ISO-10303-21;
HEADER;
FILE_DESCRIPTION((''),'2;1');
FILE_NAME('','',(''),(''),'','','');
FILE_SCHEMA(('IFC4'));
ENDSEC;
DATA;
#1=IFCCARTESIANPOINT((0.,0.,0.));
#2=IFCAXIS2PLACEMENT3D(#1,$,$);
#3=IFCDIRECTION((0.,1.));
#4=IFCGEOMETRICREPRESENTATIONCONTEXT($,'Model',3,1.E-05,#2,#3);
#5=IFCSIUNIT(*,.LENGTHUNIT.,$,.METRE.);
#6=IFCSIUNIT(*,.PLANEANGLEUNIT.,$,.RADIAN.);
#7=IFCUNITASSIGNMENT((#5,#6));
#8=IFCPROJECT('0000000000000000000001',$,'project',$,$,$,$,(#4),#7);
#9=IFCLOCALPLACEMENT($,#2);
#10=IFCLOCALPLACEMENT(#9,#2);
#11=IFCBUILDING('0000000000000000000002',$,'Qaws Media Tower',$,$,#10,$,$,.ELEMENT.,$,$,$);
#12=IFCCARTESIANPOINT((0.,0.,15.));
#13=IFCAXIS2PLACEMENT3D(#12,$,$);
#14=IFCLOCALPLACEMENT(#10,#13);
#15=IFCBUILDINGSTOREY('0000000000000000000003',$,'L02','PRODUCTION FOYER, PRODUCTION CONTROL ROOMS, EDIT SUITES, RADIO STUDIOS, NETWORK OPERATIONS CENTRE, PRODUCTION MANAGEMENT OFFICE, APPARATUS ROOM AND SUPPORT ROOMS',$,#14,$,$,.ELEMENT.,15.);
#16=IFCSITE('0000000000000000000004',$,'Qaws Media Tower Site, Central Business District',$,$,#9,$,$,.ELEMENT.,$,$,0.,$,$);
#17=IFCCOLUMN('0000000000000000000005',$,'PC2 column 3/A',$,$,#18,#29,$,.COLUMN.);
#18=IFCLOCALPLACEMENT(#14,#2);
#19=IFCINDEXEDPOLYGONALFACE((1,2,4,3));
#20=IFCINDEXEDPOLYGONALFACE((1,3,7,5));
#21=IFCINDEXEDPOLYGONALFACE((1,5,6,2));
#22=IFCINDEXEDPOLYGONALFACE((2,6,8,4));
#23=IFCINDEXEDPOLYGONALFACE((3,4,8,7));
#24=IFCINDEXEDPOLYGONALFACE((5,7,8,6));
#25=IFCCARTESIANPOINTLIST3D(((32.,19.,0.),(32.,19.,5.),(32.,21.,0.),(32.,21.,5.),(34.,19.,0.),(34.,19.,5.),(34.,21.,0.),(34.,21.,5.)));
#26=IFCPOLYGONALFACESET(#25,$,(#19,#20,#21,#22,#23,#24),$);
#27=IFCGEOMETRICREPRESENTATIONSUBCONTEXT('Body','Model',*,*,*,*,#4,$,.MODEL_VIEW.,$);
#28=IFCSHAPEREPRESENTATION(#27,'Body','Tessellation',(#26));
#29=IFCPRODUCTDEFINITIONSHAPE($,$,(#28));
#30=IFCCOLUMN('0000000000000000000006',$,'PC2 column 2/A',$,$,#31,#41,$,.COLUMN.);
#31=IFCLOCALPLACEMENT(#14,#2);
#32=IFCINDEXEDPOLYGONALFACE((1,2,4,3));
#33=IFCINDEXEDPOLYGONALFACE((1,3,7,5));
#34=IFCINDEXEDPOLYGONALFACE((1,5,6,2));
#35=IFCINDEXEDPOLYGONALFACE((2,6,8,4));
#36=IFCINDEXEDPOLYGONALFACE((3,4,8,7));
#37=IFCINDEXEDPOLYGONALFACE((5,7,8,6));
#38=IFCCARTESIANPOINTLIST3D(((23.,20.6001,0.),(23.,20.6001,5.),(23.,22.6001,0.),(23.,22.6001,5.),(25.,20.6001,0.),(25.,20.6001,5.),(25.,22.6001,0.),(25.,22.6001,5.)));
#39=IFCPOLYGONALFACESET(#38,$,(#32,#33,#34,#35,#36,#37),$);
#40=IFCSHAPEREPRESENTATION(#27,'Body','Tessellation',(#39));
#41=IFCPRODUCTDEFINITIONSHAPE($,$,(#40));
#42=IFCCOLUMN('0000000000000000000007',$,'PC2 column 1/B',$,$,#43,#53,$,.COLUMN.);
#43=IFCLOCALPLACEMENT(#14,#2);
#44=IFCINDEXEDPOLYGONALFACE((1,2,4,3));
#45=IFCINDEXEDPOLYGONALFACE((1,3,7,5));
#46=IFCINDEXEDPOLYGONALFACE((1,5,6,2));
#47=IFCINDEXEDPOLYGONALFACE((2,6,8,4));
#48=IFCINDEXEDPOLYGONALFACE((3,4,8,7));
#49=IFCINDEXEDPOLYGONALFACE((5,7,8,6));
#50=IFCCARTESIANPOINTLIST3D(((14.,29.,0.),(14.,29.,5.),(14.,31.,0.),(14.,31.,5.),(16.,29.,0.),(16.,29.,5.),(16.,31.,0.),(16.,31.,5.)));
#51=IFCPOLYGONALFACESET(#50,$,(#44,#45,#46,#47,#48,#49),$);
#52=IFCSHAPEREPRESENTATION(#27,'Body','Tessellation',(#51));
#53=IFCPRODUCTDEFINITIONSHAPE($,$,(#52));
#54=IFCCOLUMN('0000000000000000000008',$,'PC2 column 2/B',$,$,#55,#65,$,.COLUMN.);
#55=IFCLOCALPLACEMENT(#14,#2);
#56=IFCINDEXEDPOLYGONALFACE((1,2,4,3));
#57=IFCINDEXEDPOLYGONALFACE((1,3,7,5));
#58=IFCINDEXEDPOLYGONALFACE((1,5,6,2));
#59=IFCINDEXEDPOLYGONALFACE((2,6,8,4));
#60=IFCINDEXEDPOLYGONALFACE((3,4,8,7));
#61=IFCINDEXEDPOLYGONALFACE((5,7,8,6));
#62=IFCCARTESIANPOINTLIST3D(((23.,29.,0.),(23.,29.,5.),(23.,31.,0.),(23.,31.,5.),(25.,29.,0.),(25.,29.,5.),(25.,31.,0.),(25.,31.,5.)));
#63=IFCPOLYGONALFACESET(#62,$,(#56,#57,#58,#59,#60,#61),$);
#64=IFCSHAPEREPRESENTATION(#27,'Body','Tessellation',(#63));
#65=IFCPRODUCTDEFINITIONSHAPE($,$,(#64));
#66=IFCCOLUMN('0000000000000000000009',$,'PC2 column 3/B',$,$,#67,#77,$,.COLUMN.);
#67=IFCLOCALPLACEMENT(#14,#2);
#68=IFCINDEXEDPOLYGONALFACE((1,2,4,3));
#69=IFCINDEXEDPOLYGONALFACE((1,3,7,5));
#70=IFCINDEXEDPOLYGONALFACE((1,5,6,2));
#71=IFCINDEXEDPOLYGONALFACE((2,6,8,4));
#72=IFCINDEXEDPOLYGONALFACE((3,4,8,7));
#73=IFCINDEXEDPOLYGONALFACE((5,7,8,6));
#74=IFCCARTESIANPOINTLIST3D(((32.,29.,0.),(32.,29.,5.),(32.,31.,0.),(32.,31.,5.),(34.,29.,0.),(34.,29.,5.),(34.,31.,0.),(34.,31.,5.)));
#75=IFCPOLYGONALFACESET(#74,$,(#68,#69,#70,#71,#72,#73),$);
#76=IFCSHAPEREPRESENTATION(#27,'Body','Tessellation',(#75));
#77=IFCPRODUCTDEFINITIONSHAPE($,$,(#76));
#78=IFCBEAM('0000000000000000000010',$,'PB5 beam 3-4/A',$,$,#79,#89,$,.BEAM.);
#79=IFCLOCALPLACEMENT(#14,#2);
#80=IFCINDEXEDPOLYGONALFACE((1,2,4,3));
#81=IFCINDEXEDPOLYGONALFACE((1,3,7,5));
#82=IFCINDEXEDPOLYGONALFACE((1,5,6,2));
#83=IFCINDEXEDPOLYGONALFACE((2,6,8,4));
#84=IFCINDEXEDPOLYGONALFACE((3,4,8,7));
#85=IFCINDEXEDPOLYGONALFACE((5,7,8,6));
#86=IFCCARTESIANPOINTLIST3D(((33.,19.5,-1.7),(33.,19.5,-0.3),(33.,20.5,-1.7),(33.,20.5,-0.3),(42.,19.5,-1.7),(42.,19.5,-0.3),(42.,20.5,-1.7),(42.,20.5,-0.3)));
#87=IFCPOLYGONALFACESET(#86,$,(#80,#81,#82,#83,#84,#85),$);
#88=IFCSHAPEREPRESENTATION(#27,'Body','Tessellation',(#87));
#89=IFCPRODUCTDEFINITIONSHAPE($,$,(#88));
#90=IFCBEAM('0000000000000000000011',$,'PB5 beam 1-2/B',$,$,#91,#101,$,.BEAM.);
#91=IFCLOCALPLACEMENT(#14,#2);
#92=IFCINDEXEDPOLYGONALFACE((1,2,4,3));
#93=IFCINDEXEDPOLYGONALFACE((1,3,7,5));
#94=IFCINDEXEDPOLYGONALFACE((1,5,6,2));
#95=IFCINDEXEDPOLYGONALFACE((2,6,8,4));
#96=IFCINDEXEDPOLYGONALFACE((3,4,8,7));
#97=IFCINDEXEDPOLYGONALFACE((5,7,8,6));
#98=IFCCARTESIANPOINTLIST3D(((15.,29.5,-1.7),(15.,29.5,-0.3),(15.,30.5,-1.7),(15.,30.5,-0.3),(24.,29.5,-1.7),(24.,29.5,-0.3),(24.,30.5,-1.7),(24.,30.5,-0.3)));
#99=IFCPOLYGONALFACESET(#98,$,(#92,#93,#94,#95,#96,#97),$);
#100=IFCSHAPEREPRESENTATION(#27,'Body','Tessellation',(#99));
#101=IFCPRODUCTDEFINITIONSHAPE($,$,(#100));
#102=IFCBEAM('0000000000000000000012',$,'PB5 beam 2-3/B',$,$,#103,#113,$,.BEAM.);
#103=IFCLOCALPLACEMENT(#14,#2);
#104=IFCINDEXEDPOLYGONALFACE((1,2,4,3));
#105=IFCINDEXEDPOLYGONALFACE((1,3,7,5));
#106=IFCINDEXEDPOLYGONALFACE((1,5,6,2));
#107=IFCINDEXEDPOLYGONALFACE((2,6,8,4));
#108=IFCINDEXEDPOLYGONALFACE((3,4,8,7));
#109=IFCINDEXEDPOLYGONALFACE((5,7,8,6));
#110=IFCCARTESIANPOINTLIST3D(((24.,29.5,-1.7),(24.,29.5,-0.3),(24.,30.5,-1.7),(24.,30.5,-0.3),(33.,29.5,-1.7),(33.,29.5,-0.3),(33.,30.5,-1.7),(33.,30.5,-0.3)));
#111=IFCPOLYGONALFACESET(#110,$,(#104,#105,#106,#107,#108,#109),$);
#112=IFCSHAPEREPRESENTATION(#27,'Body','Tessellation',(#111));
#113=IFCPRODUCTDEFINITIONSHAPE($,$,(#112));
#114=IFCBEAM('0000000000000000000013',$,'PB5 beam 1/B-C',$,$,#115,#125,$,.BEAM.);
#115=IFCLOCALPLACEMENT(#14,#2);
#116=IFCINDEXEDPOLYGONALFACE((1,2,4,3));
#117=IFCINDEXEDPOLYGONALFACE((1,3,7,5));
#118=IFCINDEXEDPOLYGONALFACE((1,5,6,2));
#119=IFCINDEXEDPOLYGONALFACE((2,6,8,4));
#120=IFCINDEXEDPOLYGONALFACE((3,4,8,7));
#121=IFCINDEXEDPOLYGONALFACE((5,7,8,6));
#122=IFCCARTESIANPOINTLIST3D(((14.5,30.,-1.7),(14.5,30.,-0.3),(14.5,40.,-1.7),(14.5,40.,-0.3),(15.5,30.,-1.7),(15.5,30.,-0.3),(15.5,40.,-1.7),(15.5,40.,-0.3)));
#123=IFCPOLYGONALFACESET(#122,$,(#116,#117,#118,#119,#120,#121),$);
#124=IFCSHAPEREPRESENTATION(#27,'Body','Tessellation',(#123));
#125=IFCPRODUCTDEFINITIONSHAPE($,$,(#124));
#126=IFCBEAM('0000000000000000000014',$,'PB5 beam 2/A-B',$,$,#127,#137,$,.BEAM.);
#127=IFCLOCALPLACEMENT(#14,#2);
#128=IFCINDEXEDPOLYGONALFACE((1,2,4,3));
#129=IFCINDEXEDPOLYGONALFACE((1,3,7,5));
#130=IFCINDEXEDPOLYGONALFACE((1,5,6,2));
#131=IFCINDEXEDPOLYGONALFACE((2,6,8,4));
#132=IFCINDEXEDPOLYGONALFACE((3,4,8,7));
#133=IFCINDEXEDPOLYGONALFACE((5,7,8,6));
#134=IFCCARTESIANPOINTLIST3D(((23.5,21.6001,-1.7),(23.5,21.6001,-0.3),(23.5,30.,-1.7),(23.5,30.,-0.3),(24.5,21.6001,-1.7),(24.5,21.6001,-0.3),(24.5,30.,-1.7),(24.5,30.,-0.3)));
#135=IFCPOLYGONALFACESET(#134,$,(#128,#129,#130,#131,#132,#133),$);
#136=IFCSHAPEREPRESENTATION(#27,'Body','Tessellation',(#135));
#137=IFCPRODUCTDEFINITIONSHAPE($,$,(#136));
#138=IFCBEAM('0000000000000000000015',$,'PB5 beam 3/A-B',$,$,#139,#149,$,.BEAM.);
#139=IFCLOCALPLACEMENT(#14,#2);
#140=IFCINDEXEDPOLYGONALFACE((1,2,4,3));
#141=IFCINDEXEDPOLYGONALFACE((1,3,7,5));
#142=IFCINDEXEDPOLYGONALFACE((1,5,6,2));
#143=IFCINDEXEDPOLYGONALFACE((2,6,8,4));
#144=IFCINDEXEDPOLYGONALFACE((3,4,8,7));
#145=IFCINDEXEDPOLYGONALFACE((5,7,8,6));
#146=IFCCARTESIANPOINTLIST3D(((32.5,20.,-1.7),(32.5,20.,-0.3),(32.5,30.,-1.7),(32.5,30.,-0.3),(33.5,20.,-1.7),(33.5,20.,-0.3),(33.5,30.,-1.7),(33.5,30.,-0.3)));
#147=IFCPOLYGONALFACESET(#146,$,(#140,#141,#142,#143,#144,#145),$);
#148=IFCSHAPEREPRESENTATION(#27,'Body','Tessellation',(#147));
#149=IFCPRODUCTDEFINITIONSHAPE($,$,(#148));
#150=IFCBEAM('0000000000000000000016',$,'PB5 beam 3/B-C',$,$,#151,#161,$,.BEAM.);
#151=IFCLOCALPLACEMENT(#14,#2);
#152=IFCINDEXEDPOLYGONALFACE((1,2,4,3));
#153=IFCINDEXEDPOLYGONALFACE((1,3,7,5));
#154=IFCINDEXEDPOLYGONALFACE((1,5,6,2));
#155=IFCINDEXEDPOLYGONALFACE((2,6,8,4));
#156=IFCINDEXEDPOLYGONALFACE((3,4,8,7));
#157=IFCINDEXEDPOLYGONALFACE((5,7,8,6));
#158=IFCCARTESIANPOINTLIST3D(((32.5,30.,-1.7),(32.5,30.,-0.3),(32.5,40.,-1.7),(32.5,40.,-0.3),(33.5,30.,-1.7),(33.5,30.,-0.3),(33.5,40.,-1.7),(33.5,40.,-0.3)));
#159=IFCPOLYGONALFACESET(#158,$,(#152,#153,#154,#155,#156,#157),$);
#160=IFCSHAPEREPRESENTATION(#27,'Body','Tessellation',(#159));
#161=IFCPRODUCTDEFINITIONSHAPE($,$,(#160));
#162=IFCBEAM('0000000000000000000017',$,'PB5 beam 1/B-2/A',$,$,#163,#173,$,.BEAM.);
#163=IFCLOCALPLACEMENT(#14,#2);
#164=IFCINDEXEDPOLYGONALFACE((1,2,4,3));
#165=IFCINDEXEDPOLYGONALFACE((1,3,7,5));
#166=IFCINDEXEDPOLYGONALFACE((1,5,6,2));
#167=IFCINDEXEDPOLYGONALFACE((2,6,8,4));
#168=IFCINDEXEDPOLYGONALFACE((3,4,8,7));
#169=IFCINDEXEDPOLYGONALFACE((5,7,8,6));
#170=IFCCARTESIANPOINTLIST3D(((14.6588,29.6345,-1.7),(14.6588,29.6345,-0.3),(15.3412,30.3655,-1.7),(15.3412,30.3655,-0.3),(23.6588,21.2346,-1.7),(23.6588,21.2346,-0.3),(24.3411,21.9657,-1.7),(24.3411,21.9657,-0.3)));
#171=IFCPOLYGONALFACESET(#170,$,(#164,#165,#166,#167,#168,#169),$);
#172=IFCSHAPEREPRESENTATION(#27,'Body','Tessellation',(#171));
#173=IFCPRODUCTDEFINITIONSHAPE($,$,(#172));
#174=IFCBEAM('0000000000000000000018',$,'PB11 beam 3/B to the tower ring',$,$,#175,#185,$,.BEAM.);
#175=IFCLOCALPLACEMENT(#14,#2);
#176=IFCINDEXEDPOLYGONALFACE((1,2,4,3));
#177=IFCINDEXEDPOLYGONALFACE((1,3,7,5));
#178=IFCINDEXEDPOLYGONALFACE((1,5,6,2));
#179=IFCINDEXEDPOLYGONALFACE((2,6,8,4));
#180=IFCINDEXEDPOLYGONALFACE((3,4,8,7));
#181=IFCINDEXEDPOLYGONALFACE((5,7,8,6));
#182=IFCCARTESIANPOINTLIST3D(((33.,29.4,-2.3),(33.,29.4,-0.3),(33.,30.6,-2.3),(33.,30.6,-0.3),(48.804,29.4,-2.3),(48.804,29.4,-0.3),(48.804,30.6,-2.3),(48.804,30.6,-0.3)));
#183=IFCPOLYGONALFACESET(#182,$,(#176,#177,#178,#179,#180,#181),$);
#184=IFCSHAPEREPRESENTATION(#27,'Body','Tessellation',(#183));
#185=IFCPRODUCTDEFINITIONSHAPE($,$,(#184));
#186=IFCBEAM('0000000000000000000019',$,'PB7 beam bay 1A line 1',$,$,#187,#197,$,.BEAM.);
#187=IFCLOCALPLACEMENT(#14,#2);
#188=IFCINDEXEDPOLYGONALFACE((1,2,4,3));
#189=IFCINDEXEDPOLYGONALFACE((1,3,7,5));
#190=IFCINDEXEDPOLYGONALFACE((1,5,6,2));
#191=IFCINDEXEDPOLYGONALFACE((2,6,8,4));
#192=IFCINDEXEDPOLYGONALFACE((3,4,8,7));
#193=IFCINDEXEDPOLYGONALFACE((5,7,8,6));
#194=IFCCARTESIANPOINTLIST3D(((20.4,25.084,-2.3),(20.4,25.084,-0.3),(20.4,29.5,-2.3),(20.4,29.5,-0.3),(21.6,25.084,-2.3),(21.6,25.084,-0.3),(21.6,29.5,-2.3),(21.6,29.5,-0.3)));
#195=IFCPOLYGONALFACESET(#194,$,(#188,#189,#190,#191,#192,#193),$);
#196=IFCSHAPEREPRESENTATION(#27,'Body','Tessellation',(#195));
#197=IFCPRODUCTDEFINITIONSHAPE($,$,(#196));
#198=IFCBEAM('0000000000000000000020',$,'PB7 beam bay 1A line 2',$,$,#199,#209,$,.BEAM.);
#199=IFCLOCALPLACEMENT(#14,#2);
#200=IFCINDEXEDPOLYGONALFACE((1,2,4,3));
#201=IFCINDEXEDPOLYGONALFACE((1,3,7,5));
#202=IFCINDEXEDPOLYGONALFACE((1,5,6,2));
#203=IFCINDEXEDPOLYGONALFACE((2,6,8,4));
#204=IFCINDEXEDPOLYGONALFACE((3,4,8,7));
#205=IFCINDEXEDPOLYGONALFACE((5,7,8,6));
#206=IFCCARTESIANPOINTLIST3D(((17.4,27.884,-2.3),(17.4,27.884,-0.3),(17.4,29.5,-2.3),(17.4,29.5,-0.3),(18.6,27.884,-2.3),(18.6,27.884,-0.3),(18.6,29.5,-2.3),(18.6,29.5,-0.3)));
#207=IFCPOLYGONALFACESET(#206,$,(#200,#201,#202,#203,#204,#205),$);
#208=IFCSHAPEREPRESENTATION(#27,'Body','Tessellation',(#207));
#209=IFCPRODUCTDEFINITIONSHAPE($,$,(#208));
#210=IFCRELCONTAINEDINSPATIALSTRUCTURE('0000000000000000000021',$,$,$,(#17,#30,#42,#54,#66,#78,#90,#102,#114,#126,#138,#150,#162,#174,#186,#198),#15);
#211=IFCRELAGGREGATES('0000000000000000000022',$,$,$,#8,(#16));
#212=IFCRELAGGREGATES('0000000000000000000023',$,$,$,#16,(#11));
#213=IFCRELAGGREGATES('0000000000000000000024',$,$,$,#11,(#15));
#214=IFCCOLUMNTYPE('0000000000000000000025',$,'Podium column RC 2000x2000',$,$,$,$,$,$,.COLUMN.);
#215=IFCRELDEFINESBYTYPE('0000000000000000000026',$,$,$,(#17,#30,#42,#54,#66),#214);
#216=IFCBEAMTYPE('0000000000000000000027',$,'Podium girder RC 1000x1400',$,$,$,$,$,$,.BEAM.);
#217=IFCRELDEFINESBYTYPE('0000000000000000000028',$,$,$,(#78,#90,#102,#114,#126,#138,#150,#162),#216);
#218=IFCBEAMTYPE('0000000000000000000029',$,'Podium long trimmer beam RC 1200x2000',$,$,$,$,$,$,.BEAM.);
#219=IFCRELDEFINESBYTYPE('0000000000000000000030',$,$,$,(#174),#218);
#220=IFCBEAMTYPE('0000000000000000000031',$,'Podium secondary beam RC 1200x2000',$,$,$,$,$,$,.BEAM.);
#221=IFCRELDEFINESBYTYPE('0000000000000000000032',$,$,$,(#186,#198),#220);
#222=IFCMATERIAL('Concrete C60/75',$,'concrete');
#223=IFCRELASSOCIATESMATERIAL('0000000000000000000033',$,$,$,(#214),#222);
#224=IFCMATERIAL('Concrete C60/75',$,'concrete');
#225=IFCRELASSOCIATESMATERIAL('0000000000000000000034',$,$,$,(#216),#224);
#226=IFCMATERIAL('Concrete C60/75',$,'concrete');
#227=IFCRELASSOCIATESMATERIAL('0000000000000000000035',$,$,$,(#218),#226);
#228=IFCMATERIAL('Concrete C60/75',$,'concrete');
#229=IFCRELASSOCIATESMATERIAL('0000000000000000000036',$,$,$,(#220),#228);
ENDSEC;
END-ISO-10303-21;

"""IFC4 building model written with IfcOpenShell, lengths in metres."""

from ifc_helpers import new_model, si_unit, direction, frame, origin, origin_2d, place, context, subcontext, project, spatial, rectangle, extrude, material, material_profile, profile_set, type_object, element, save


model = new_model("IFC4")

# Units and contexts
model_context = context("Model", 3, precision=1e-05, world=origin(), true_north=direction((0.0, 1.0)))
body_context = subcontext(model_context, "Body", "Model", "MODEL_VIEW")
ifc_project = project(units=[si_unit("LENGTHUNIT", "METRE"), si_unit("PLANEANGLEUNIT", "RADIAN")], contexts=[model_context])

# Site, building, storey
site_placement = place(None, origin())
site = spatial("IfcSite", under=ifc_project, at=site_placement, Name="Qaws Media Tower Site, Central Business District", CompositionType="ELEMENT", RefElevation=0.0)
building_placement = place(site_placement, origin())
building = spatial("IfcBuilding", under=site, at=building_placement, Name="Qaws Media Tower", CompositionType="ELEMENT")
storey_placement = place(building_placement, frame((0.0, 0.0, 15.0)))
storey = spatial("IfcBuildingStorey", under=building, at=storey_placement, Name="L02", Description="PRODUCTION FOYER, PRODUCTION CONTROL ROOMS, EDIT SUITES, RADIO STUDIOS, NETWORK OPERATIONS CENTRE, PRODUCTION MANAGEMENT OFFICE, APPARATUS ROOM AND SUPPORT ROOMS", CompositionType="ELEMENT", Elevation=15.0)

# Columns
ifc_material_1 = material(Name="Concrete C60/75", Category="concrete")
ifc_material_profile_1 = material_profile(ifc_material_1, rectangle(XDim=2.0, YDim=2.0, at=origin_2d()), Name="RC 2000x2000")
ifc_profile_set_1 = profile_set([ifc_material_profile_1], Name="Concrete C60/75")
column_type = type_object("IfcColumnType", Name="Podium column RC 2000x2000", PredefinedType="COLUMN", material=ifc_profile_set_1)
for number, where, z_axis, x_axis, name in (
    (1, (33.0, 20.0, 0.0), (0.0, 0.0, 1.0), (1.0, 0.0, 0.0), "PC2 column 3/A"),
    (2, (24.0, 21.6001, 0.0), (0.0, 0.0, 1.0), (1.0, 0.0, 0.0), "PC2 column 2/A"),
    (3, (15.0, 30.0, 0.0), (0.0, 0.0, 1.0), (1.0, 0.0, 0.0), "PC2 column 1/B"),
    (4, (24.0, 30.0, 0.0), (0.0, 0.0, 1.0), (1.0, 0.0, 0.0), "PC2 column 2/B"),
    (5, (33.0, 30.0, 0.0), (0.0, 0.0, 1.0), (1.0, 0.0, 0.0), "PC2 column 3/B"),
):
    element("IfcColumn", number, at=place(storey_placement, frame(where, z_axis=z_axis, x_axis=x_axis)), inside=storey, type_object=column_type, Name=name, PredefinedType="COLUMN", context=body_context, shape_type="SweptSolid", body=[
        extrude(rectangle(XDim=2.0, YDim=2.0, at=origin_2d()), origin(), (0.0, 0.0, 1.0), 5.0),
    ])

# Beams
ifc_material_2 = material(Name="Concrete C60/75", Category="concrete")
ifc_material_profile_2 = material_profile(ifc_material_2, rectangle(XDim=1.0, YDim=1.3999, at=origin_2d()), Name="RC 1000x1400")
ifc_profile_set_2 = profile_set([ifc_material_profile_2], Name="Concrete C60/75")
beam_type_1 = type_object("IfcBeamType", Name="Podium girder RC 1000x1400", PredefinedType="BEAM", material=ifc_profile_set_2)
for number, where, z_axis, x_axis, name in (
    (6, (33.0, 20.0, -1.0), (1.0, 0.0, 0.0), (0.0, 1.0, 0.0), "PB5 beam 3-4/A"),
    (7, (15.0, 30.0, -1.0), (1.0, 0.0, 0.0), (0.0, 1.0, 0.0), "PB5 beam 1-2/B"),
    (8, (24.0, 30.0, -1.0), (1.0, 0.0, 0.0), (0.0, 1.0, 0.0), "PB5 beam 2-3/B"),
):
    element("IfcBeam", number, at=place(storey_placement, frame(where, z_axis=z_axis, x_axis=x_axis)), inside=storey, type_object=beam_type_1, Name=name, PredefinedType="BEAM", context=body_context, shape_type="SweptSolid", body=[
        extrude(rectangle(XDim=1.0, YDim=1.3999, at=origin_2d()), origin(), (0.0, 0.0, 1.0), 9.0),
    ])
beam_1_placement = place(storey_placement, frame((15.0, 30.0, -1.0), z_axis=(0.0, 1.0, 0.0), x_axis=(-1.0, 0.0, 0.0)))
element("IfcBeam", 9, at=beam_1_placement, inside=storey, type_object=beam_type_1, Name="PB5 beam 1/B-C", PredefinedType="BEAM", context=body_context, shape_type="SweptSolid", body=[
    extrude(rectangle(XDim=1.0, YDim=1.3999, at=origin_2d()), origin(), (0.0, 0.0, 1.0), 10.0),
])
beam_2_placement = place(storey_placement, frame((24.0, 21.6001, -1.0), z_axis=(0.0, 1.0, 0.0), x_axis=(-1.0, 0.0, 0.0)))
element("IfcBeam", 10, at=beam_2_placement, inside=storey, type_object=beam_type_1, Name="PB5 beam 2/A-B", PredefinedType="BEAM", context=body_context, shape_type="SweptSolid", body=[
    extrude(rectangle(XDim=1.0, YDim=1.3999, at=origin_2d()), origin(), (0.0, 0.0, 1.0), 8.3999),
])
for number, where, z_axis, x_axis, name in (
    (11, (33.0, 20.0, -1.0), (0.0, 1.0, 0.0), (-1.0, 0.0, 0.0), "PB5 beam 3/A-B"),
    (12, (33.0, 30.0, -1.0), (0.0, 1.0, 0.0), (-1.0, 0.0, 0.0), "PB5 beam 3/B-C"),
):
    element("IfcBeam", number, at=place(storey_placement, frame(where, z_axis=z_axis, x_axis=x_axis)), inside=storey, type_object=beam_type_1, Name=name, PredefinedType="BEAM", context=body_context, shape_type="SweptSolid", body=[
        extrude(rectangle(XDim=1.0, YDim=1.3999, at=origin_2d()), origin(), (0.0, 0.0, 1.0), 10.0),
    ])
beam_3_placement = place(storey_placement, frame((15.0, 30.0, -1.0), z_axis=(0.731059, -0.682314, 0.0), x_axis=(0.682314, 0.731059, 0.0)))
element("IfcBeam", 13, at=beam_3_placement, inside=storey, type_object=beam_type_1, Name="PB5 beam 1/B-2/A", PredefinedType="BEAM", context=body_context, shape_type="SweptSolid", body=[
    extrude(rectangle(XDim=1.0, YDim=1.3999, at=origin_2d()), origin(), (0.0, 0.0, 1.0), 12.3108),
])
ifc_material_3 = material(Name="Concrete C60/75", Category="concrete")
ifc_material_profile_3 = material_profile(ifc_material_3, rectangle(XDim=1.2, YDim=2.0, at=origin_2d()), Name="RC 1200x2000")
ifc_profile_set_3 = profile_set([ifc_material_profile_3], Name="Concrete C60/75")
beam_type_2 = type_object("IfcBeamType", Name="Podium long trimmer beam RC 1200x2000", PredefinedType="BEAM", material=ifc_profile_set_3)
beam_4_placement = place(storey_placement, frame((33.0, 30.0, -1.3), z_axis=(1.0, 0.0, 0.0), x_axis=(0.0, 1.0, 0.0)))
element("IfcBeam", 14, at=beam_4_placement, inside=storey, type_object=beam_type_2, Name="PB11 beam 3/B to the tower ring", PredefinedType="BEAM", context=body_context, shape_type="SweptSolid", body=[
    extrude(rectangle(XDim=1.2, YDim=2.0, at=origin_2d()), origin(), (0.0, 0.0, 1.0), 15.804),
])
ifc_material_4 = material(Name="Concrete C60/75", Category="concrete")
ifc_material_profile_4 = material_profile(ifc_material_4, rectangle(XDim=1.2, YDim=2.0, at=origin_2d()), Name="RC 1200x2000")
ifc_profile_set_4 = profile_set([ifc_material_profile_4], Name="Concrete C60/75")
beam_type_3 = type_object("IfcBeamType", Name="Podium secondary beam RC 1200x2000", PredefinedType="BEAM", material=ifc_profile_set_4)
beam_5_placement = place(storey_placement, frame((21.0, 25.084, -1.3), z_axis=(0.0, 1.0, 0.0), x_axis=(-1.0, 0.0, 0.0)))
element("IfcBeam", 15, at=beam_5_placement, inside=storey, type_object=beam_type_3, Name="PB7 beam bay 1A line 1", PredefinedType="BEAM", context=body_context, shape_type="SweptSolid", body=[
    extrude(rectangle(XDim=1.2, YDim=2.0, at=origin_2d()), origin(), (0.0, 0.0, 1.0), 4.416),
])
beam_6_placement = place(storey_placement, frame((18.0, 27.884, -1.3), z_axis=(0.0, 1.0, 0.0), x_axis=(-1.0, 0.0, 0.0)))
element("IfcBeam", 16, at=beam_6_placement, inside=storey, type_object=beam_type_3, Name="PB7 beam bay 1A line 2", PredefinedType="BEAM", context=body_context, shape_type="SweptSolid", body=[
    extrude(rectangle(XDim=1.2, YDim=2.0, at=origin_2d()), origin(), (0.0, 0.0, 1.0), 1.616),
])

save(model, "model.ifc")
